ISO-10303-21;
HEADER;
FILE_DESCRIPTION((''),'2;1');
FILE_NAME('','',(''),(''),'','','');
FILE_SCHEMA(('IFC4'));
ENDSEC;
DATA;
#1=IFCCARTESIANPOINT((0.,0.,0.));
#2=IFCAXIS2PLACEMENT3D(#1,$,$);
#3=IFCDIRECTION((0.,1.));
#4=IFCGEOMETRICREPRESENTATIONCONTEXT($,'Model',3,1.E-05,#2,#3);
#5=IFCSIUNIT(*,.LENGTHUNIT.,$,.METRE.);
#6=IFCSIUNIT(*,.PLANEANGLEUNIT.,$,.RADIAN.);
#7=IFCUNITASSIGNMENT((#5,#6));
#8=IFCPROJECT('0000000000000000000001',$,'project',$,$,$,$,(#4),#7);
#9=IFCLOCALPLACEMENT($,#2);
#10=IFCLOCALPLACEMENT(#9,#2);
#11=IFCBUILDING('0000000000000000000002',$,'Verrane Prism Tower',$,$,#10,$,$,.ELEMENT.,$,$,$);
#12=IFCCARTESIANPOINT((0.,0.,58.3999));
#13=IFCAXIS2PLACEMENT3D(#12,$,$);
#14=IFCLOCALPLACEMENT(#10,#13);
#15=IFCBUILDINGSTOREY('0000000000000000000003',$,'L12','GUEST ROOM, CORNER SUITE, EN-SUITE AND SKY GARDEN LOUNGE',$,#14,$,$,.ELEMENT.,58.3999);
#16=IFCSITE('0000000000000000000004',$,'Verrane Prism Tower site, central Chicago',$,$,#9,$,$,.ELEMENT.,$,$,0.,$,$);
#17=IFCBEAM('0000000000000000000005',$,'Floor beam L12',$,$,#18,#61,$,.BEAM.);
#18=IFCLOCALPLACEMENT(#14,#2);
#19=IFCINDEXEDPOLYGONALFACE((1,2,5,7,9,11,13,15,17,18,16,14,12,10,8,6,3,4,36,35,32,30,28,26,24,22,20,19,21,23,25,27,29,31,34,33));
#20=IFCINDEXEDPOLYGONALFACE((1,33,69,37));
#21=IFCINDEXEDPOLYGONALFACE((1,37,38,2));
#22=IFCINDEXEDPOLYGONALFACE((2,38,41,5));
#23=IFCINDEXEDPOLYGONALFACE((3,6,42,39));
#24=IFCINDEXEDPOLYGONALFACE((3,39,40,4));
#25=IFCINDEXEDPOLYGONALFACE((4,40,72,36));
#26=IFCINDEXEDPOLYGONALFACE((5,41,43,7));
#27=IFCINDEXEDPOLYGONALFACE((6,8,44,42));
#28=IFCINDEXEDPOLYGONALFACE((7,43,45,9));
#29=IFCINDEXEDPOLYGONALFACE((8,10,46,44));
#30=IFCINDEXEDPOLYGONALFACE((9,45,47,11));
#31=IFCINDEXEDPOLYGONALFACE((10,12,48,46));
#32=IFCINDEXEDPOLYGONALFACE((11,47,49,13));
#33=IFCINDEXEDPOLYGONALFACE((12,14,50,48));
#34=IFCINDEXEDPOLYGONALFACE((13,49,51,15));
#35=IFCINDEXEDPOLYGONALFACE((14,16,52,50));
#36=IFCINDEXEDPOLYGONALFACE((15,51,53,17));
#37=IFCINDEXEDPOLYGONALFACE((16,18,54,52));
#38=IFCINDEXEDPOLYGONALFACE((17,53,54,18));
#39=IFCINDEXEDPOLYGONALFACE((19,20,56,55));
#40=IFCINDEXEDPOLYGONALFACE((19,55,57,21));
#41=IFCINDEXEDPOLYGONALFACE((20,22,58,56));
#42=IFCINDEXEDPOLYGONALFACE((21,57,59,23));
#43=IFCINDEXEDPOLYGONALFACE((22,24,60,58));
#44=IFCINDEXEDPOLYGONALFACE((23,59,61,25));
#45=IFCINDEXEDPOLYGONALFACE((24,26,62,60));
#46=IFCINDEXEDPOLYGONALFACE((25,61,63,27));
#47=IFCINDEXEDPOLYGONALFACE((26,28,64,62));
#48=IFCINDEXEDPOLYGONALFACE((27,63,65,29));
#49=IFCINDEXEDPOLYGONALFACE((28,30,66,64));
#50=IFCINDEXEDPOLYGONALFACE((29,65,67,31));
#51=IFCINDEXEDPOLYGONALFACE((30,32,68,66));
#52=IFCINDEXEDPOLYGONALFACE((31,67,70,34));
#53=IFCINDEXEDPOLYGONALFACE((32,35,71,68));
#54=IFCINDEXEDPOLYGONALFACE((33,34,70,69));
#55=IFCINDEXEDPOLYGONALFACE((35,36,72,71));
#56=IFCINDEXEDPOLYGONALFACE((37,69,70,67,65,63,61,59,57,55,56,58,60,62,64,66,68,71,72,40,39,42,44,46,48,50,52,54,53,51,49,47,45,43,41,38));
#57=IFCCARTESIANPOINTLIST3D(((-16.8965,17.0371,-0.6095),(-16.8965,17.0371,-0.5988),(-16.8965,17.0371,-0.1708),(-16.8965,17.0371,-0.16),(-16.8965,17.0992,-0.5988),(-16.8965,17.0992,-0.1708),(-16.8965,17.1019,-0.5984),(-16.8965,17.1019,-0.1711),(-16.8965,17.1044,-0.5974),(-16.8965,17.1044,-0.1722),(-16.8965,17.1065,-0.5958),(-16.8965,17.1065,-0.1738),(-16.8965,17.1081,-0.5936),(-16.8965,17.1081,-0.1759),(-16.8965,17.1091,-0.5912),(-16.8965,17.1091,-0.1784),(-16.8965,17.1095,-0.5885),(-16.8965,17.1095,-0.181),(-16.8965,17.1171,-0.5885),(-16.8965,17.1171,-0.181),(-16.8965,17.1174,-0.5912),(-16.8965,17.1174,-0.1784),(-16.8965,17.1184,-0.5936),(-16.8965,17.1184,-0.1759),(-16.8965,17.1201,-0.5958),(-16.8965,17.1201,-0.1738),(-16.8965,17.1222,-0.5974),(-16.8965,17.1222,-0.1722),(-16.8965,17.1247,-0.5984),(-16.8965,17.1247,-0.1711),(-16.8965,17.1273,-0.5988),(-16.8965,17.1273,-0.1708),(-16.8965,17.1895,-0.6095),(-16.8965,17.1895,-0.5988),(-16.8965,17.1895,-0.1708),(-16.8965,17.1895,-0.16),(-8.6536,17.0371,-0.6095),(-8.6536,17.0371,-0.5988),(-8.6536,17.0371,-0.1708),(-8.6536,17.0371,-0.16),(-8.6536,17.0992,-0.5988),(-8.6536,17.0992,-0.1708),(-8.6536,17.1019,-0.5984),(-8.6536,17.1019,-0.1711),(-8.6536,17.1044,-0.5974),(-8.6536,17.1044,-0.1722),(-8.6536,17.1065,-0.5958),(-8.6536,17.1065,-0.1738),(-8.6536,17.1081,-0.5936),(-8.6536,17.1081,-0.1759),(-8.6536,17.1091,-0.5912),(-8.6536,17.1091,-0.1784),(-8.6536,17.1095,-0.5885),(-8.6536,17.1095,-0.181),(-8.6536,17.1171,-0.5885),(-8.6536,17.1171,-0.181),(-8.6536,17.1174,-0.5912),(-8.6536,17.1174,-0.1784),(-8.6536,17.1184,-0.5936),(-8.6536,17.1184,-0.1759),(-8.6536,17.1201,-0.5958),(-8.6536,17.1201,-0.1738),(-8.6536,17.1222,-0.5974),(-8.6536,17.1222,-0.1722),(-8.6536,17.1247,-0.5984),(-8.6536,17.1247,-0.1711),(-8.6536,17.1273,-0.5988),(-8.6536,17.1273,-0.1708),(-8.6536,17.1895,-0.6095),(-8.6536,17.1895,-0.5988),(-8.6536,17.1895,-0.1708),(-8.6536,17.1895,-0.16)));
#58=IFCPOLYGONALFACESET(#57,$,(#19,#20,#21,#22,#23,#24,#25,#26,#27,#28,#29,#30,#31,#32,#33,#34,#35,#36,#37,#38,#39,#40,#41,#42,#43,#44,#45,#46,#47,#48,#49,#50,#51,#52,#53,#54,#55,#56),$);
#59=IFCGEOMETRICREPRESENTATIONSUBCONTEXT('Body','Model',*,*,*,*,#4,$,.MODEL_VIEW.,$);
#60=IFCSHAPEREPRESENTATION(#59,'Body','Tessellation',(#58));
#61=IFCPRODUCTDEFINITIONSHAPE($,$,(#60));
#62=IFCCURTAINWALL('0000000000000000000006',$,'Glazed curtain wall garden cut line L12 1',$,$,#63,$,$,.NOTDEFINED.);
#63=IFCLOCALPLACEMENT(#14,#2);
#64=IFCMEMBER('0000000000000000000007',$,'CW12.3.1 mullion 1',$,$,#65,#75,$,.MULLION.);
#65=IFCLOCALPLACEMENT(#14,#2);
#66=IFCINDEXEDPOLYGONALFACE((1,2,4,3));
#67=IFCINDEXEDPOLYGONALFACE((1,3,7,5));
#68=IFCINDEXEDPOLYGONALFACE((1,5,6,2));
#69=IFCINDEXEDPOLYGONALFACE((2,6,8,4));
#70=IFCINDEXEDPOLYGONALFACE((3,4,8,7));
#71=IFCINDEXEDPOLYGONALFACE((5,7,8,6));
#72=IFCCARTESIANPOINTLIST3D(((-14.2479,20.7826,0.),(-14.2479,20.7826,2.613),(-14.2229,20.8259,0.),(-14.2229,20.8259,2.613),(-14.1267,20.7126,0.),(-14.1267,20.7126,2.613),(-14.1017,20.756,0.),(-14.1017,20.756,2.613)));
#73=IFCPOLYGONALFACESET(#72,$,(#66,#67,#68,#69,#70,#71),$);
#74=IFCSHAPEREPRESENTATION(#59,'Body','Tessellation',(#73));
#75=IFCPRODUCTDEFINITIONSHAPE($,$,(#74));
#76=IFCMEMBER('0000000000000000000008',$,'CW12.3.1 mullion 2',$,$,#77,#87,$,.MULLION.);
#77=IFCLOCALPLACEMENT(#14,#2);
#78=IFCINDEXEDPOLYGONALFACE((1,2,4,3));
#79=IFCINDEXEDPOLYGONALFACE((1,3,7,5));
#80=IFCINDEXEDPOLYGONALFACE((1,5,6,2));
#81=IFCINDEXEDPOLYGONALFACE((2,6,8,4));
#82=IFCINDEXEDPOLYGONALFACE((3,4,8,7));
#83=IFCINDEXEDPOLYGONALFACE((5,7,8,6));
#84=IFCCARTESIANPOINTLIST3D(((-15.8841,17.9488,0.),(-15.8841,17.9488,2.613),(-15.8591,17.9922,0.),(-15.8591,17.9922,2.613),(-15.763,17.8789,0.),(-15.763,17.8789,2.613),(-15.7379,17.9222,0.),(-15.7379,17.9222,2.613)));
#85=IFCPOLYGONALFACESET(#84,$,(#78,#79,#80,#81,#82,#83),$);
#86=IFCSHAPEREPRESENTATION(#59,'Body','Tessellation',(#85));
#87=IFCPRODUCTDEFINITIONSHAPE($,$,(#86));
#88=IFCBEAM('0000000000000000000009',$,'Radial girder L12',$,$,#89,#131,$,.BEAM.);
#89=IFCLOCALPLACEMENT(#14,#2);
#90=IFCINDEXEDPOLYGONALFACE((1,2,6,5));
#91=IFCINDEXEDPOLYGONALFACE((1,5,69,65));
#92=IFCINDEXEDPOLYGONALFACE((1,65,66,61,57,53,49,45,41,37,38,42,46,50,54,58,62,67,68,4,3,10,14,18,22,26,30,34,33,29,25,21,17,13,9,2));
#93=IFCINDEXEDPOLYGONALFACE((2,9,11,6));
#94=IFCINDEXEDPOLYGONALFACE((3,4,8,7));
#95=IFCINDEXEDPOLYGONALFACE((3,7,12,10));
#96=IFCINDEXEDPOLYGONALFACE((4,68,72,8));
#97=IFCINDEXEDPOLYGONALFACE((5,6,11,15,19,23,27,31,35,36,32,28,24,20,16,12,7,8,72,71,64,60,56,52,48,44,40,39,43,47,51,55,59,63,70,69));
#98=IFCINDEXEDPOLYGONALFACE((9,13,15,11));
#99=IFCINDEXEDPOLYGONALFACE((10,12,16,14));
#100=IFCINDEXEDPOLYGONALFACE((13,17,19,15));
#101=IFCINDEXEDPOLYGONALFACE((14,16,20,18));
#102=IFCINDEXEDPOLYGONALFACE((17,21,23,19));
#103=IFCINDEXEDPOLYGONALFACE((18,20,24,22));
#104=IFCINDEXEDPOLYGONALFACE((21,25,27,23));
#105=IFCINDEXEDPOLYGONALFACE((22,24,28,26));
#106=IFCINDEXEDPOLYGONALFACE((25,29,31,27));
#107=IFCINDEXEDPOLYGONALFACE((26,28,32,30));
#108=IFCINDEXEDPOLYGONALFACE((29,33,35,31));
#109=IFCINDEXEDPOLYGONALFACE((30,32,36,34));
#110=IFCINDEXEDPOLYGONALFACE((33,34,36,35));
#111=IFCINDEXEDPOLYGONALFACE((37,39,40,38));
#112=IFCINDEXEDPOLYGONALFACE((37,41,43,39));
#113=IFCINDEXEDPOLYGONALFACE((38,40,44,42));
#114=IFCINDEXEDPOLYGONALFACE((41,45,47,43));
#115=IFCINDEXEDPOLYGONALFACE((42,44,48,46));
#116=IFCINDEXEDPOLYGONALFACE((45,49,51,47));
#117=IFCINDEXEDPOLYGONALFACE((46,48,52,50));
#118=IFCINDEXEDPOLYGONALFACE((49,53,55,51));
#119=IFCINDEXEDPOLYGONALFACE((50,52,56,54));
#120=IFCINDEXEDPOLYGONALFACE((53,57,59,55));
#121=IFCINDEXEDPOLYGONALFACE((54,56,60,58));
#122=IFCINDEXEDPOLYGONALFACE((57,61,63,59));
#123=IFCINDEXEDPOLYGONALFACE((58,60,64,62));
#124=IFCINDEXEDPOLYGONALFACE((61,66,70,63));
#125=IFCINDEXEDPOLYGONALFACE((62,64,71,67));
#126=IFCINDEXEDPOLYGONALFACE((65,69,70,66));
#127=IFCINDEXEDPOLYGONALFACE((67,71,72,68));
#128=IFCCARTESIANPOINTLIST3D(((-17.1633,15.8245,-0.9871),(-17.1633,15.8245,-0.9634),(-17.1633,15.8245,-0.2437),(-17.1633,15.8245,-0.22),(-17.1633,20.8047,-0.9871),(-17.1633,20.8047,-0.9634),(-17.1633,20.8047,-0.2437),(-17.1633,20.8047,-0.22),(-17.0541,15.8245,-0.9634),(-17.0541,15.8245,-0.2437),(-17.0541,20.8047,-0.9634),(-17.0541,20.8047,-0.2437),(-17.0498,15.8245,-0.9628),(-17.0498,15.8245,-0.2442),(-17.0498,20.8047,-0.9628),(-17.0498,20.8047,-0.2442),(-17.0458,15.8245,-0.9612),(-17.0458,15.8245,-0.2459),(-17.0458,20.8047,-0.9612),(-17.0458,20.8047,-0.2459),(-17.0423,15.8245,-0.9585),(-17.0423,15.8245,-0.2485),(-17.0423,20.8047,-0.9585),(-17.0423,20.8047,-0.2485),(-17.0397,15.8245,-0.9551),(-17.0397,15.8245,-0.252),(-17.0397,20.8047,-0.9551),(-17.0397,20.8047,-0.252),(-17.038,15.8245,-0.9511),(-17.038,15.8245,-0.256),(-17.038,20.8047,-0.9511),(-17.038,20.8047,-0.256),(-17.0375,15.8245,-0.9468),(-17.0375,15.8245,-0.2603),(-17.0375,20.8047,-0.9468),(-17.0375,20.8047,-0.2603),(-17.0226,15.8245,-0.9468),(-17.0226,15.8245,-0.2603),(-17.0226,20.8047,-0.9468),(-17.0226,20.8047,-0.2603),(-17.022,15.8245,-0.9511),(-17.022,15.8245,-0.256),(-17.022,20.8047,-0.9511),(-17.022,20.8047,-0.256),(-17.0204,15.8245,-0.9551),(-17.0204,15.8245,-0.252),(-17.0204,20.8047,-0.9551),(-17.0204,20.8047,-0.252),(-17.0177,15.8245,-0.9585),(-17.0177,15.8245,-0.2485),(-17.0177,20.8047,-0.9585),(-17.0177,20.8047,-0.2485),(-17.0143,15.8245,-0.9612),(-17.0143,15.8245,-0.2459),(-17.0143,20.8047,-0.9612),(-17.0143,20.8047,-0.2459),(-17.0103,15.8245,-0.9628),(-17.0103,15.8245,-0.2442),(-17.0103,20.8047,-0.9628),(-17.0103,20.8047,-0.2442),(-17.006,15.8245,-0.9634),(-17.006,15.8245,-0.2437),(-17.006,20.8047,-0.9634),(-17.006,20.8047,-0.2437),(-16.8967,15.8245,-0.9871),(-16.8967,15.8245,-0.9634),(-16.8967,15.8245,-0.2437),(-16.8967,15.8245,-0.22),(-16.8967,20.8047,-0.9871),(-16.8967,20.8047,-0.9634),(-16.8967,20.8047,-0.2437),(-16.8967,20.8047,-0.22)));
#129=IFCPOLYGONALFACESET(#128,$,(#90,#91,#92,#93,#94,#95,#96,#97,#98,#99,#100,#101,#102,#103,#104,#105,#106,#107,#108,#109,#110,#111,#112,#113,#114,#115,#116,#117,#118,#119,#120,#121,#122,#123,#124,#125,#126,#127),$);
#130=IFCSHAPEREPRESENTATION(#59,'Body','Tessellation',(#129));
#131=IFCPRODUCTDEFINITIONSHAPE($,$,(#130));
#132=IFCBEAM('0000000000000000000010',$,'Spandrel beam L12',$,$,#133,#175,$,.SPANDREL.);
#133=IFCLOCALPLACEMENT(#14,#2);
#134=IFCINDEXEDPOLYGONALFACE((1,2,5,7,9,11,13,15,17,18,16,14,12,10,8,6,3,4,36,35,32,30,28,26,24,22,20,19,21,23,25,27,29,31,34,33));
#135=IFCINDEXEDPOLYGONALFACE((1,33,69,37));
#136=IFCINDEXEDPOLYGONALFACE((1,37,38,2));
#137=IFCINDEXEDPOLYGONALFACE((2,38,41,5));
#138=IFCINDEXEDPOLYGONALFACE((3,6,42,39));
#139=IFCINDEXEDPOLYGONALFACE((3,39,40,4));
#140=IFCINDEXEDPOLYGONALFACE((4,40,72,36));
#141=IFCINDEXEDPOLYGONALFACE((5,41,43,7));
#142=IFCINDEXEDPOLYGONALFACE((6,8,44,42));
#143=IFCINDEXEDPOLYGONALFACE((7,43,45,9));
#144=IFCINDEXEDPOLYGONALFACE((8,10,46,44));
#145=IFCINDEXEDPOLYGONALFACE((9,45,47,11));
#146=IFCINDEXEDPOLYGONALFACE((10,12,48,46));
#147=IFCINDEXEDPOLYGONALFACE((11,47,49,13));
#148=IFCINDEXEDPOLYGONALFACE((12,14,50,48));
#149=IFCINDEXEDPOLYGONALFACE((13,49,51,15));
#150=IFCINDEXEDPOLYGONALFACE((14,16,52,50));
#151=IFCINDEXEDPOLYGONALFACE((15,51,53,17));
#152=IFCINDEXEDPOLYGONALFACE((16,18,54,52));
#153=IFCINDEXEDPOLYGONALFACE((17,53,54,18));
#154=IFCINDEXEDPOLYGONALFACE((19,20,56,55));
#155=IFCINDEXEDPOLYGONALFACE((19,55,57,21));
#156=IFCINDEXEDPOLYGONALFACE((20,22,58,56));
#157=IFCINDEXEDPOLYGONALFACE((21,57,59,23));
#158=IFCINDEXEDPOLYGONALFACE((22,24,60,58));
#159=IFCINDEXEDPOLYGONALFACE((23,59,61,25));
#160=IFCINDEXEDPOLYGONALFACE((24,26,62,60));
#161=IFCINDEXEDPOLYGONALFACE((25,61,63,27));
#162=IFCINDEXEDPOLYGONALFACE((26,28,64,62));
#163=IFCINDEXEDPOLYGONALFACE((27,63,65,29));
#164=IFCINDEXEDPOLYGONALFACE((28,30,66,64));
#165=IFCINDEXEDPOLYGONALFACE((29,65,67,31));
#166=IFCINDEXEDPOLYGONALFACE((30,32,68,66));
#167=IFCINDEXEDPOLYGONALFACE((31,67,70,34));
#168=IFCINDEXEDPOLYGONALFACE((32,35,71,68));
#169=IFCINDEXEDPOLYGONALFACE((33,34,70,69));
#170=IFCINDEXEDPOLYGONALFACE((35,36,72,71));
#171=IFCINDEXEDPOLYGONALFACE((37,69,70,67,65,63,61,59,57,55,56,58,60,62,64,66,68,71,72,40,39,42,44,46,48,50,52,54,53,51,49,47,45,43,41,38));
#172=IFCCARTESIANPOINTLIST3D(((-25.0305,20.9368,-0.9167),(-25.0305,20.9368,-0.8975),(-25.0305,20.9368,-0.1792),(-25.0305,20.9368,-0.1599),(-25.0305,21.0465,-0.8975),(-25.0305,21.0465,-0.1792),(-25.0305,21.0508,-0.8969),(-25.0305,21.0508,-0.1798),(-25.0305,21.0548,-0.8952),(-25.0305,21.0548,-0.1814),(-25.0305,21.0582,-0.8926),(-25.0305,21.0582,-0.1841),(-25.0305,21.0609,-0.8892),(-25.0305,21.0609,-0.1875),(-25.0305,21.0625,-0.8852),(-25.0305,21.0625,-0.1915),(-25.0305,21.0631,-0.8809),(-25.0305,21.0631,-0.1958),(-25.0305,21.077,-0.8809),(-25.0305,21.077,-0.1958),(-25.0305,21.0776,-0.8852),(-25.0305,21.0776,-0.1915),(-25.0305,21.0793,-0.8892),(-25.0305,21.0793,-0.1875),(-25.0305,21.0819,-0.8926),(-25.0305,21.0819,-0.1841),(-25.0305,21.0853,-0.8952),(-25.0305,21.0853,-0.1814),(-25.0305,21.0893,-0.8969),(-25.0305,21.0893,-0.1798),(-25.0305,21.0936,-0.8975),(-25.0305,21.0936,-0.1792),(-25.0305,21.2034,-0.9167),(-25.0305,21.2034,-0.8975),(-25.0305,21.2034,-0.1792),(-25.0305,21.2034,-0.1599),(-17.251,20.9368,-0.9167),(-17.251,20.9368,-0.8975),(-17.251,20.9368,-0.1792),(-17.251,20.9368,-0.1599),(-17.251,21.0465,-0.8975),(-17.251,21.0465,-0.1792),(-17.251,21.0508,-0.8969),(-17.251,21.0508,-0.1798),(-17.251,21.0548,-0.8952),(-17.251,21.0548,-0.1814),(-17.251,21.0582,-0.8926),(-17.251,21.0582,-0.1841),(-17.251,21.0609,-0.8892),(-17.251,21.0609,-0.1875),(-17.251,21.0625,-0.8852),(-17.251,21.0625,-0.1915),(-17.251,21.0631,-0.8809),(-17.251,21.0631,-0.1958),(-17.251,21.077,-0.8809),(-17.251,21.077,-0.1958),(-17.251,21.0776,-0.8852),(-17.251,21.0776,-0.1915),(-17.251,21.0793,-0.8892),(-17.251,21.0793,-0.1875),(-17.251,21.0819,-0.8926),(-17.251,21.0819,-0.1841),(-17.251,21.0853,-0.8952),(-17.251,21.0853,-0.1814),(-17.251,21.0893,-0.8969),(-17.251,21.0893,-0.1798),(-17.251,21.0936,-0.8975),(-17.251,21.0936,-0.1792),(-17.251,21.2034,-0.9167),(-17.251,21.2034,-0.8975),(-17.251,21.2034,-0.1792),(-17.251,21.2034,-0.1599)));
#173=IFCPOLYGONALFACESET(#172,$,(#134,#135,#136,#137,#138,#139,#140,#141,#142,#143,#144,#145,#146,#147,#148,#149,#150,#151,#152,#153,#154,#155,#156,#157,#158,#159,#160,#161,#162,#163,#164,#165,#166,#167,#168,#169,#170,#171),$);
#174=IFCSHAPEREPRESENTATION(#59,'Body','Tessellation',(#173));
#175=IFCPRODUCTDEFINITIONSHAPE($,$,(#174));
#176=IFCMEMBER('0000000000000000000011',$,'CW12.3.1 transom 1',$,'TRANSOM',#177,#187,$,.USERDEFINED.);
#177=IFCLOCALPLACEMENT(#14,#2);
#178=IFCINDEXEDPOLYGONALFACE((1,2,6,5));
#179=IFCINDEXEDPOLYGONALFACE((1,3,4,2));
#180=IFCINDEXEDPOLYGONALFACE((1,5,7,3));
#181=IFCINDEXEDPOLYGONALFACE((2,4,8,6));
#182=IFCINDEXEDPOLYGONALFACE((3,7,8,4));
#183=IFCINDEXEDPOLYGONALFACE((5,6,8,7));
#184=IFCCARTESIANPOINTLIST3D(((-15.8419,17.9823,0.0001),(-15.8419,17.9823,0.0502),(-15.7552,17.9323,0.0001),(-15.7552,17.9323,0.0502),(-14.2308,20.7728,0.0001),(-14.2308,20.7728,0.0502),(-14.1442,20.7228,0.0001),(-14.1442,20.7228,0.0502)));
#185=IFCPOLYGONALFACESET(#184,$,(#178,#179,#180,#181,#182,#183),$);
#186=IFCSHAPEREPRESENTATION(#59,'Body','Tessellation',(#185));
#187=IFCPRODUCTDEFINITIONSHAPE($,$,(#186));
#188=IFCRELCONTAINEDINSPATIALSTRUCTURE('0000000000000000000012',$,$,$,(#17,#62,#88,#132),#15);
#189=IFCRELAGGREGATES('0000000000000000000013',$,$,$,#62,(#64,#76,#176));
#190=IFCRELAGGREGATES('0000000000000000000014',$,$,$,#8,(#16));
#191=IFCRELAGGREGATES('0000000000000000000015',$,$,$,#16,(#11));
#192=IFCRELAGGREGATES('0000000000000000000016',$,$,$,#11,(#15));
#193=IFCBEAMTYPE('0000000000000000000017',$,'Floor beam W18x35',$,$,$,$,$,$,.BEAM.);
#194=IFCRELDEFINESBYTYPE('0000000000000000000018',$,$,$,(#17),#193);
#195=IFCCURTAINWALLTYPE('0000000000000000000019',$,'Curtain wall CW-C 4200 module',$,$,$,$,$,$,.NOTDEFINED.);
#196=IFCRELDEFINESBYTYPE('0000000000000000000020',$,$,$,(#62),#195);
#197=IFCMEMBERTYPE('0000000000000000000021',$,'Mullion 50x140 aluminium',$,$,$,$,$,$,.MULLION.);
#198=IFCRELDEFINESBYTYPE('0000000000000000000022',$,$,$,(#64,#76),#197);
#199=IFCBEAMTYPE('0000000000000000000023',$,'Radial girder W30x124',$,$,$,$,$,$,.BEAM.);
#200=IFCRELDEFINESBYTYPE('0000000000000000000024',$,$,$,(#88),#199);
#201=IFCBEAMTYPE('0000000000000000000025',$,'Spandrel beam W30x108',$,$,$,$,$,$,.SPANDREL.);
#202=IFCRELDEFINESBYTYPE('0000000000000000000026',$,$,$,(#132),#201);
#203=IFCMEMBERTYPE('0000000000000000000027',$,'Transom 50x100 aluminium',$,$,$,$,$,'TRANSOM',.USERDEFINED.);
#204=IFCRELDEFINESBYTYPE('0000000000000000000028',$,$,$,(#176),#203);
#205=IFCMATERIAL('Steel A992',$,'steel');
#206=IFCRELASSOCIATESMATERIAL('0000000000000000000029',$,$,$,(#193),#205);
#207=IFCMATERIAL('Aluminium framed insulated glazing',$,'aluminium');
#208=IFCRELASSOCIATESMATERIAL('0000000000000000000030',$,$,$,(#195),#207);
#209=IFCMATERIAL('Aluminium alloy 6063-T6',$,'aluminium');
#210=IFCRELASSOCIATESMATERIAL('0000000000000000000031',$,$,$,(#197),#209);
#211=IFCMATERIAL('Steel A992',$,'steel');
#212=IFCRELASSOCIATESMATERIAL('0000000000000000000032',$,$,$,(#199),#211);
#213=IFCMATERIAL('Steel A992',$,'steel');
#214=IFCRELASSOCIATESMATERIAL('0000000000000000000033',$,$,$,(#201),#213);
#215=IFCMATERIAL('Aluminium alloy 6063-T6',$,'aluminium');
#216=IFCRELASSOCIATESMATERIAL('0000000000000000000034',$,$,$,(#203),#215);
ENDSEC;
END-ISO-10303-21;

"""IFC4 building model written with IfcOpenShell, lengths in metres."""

from ifc_helpers import new_model, si_unit, direction, frame, origin, origin_2d, place, context, subcontext, project, spatial, rectangle, i_section, extrude, material, material_profile, profile_set, type_object, element, aggregate, save


model = new_model("IFC4")

# Units and contexts
model_context = context("Model", 3, precision=1e-05, world=origin(), true_north=direction((0.0, 1.0)))
body_context = subcontext(model_context, "Body", "Model", "MODEL_VIEW")
ifc_project = project(units=[si_unit("LENGTHUNIT", "METRE"), si_unit("PLANEANGLEUNIT", "RADIAN")], contexts=[model_context])

# Site, building, storey
site_placement = place(None, origin())
site = spatial("IfcSite", under=ifc_project, at=site_placement, Name="Verrane Prism Tower site, central Chicago", CompositionType="ELEMENT", RefElevation=0.0)
building_placement = place(site_placement, origin())
building = spatial("IfcBuilding", under=site, at=building_placement, Name="Verrane Prism Tower", CompositionType="ELEMENT")
storey_placement = place(building_placement, frame((0.0, 0.0, 58.3999)))
storey = spatial("IfcBuildingStorey", under=building, at=storey_placement, Name="L12", Description="GUEST ROOM, CORNER SUITE, EN-SUITE AND SKY GARDEN LOUNGE", CompositionType="ELEMENT", Elevation=58.3999)

# Beam
ifc_material_1 = material(Name="Steel A992", Category="steel")
ifc_material_profile_1 = material_profile(ifc_material_1, i_section(OverallWidth=0.1523, OverallDepth=0.4495, WebThickness=0.0076, FlangeThickness=0.0107, FilletRadius=0.0103, at=origin_2d()), Name="W18x35")
ifc_profile_set_1 = profile_set([ifc_material_profile_1], Name="Steel A992")
beam_type_1 = type_object("IfcBeamType", Name="Floor beam W18x35", PredefinedType="BEAM", material=ifc_profile_set_1)
beam_1_placement = place(storey_placement, frame((-16.8965, 17.1133, -0.3848), z_axis=(1.0, 0.0, 0.0), x_axis=(0.0, 1.0, 0.0)))
element("IfcBeam", 1, at=beam_1_placement, inside=storey, type_object=beam_type_1, Name="Floor beam L12", PredefinedType="BEAM", context=body_context, shape_type="SweptSolid", body=[
    extrude(i_section(OverallWidth=0.1523, OverallDepth=0.4495, WebThickness=0.0076, FlangeThickness=0.0107, FilletRadius=0.0103, at=origin_2d()), origin(), (0.0, 0.0, 1.0), 8.2429),
])

# Curtain wall, members
ifc_material_2 = material(Name="Aluminium framed insulated glazing", Category="aluminium")
curtain_wall_type = type_object("IfcCurtainWallType", Name="Curtain wall CW-C 4200 module", PredefinedType="NOTDEFINED", material=ifc_material_2)
curtain_wall_placement = place(storey_placement, origin())
curtain_wall = element("IfcCurtainWall", 2, at=curtain_wall_placement, inside=storey, type_object=curtain_wall_type, Name="Glazed curtain wall garden cut line L12 1", PredefinedType="NOTDEFINED")
ifc_material_3 = material(Name="Aluminium alloy 6063-T6", Category="aluminium")
ifc_material_profile_2 = material_profile(ifc_material_3, rectangle(XDim=0.1399, YDim=0.05, at=origin_2d()), Name="Mullion 50x140 aluminium")
ifc_profile_set_2 = profile_set([ifc_material_profile_2], Name="Aluminium alloy 6063-T6")
member_type_1 = type_object("IfcMemberType", Name="Mullion 50x140 aluminium", PredefinedType="MULLION", material=ifc_profile_set_2)
member_1_placement = place(storey_placement, frame((-14.1748, 20.7693, 0.0), z_axis=(0.0, 0.0, 1.0), x_axis=(0.866025, -0.500001, 0.0)))
member_1 = element("IfcMember", 3, at=member_1_placement, type_object=member_type_1, Name="CW12.3.1 mullion 1", PredefinedType="MULLION", context=body_context, shape_type="SweptSolid", body=[
    extrude(rectangle(XDim=0.1399, YDim=0.05, at=origin_2d()), origin(), (0.0, 0.0, 1.0), 2.613),
])
member_2_placement = place(storey_placement, frame((-15.811, 17.9355, 0.0), z_axis=(0.0, 0.0, 1.0), x_axis=(0.866025, -0.500001, 0.0)))
member_2 = element("IfcMember", 4, at=member_2_placement, type_object=member_type_1, Name="CW12.3.1 mullion 2", PredefinedType="MULLION", context=body_context, shape_type="SweptSolid", body=[
    extrude(rectangle(XDim=0.1399, YDim=0.05, at=origin_2d()), origin(), (0.0, 0.0, 1.0), 2.613),
])

# Beams
ifc_material_4 = material(Name="Steel A992", Category="steel")
ifc_material_profile_3 = material_profile(ifc_material_4, i_section(OverallWidth=0.2666, OverallDepth=0.7671, WebThickness=0.0149, FlangeThickness=0.0237, FilletRadius=0.0166, at=origin_2d()), Name="W30x124")
ifc_profile_set_3 = profile_set([ifc_material_profile_3], Name="Steel A992")
beam_type_2 = type_object("IfcBeamType", Name="Radial girder W30x124", PredefinedType="BEAM", material=ifc_profile_set_3)
beam_2_placement = place(storey_placement, frame((-17.03, 20.8047, -0.6035), z_axis=(0.0, -1.0, 0.0), x_axis=(1.0, 0.0, 0.0)))
element("IfcBeam", 5, at=beam_2_placement, inside=storey, type_object=beam_type_2, Name="Radial girder L12", PredefinedType="BEAM", context=body_context, shape_type="SweptSolid", body=[
    extrude(i_section(OverallWidth=0.2666, OverallDepth=0.7671, WebThickness=0.0149, FlangeThickness=0.0237, FilletRadius=0.0166, at=origin_2d()), origin(), (0.0, 0.0, 1.0), 4.9802),
])
ifc_material_5 = material(Name="Steel A992", Category="steel")
ifc_material_profile_4 = material_profile(ifc_material_5, i_section(OverallWidth=0.2666, OverallDepth=0.7568, WebThickness=0.0139, FlangeThickness=0.0193, FilletRadius=0.0166, at=origin_2d()), Name="W30x108")
ifc_profile_set_4 = profile_set([ifc_material_profile_4], Name="Steel A992")
beam_type_3 = type_object("IfcBeamType", Name="Spandrel beam W30x108", PredefinedType="SPANDREL", material=ifc_profile_set_4)
beam_3_placement = place(storey_placement, frame((-17.251, 21.0701, -0.5383), z_axis=(-1.0, 0.0, 0.0), x_axis=(0.0, -1.0, 0.0)))
element("IfcBeam", 6, at=beam_3_placement, inside=storey, type_object=beam_type_3, Name="Spandrel beam L12", PredefinedType="SPANDREL", context=body_context, shape_type="SweptSolid", body=[
    extrude(i_section(OverallWidth=0.2666, OverallDepth=0.7568, WebThickness=0.0139, FlangeThickness=0.0193, FilletRadius=0.0166, at=origin_2d()), origin(), (0.0, 0.0, 1.0), 7.7795),
])

# Member
ifc_material_6 = material(Name="Aluminium alloy 6063-T6", Category="aluminium")
ifc_material_profile_5 = material_profile(ifc_material_6, rectangle(XDim=0.1001, YDim=0.05, at=origin_2d()), Name="Transom 50x100 aluminium")
ifc_profile_set_5 = profile_set([ifc_material_profile_5], Name="Aluminium alloy 6063-T6")
member_type_2 = type_object("IfcMemberType", Name="Transom 50x100 aluminium", ElementType="TRANSOM", PredefinedType="USERDEFINED", material=ifc_profile_set_5)
member_3_placement = place(storey_placement, frame((-14.1875, 20.7478, 0.0251), z_axis=(-0.499994, -0.866029, 0.0), x_axis=(0.866029, -0.499994, 0.0)))
member_3 = element("IfcMember", 7, at=member_3_placement, type_object=member_type_2, Name="CW12.3.1 transom 1", ObjectType="TRANSOM", PredefinedType="USERDEFINED", context=body_context, shape_type="SweptSolid", body=[
    extrude(rectangle(XDim=0.1001, YDim=0.05, at=origin_2d()), origin(), (0.0, 0.0, 1.0), 3.2222),
])

aggregate(curtain_wall, [member_1, member_2, member_3])

save(model, "model.ifc")
